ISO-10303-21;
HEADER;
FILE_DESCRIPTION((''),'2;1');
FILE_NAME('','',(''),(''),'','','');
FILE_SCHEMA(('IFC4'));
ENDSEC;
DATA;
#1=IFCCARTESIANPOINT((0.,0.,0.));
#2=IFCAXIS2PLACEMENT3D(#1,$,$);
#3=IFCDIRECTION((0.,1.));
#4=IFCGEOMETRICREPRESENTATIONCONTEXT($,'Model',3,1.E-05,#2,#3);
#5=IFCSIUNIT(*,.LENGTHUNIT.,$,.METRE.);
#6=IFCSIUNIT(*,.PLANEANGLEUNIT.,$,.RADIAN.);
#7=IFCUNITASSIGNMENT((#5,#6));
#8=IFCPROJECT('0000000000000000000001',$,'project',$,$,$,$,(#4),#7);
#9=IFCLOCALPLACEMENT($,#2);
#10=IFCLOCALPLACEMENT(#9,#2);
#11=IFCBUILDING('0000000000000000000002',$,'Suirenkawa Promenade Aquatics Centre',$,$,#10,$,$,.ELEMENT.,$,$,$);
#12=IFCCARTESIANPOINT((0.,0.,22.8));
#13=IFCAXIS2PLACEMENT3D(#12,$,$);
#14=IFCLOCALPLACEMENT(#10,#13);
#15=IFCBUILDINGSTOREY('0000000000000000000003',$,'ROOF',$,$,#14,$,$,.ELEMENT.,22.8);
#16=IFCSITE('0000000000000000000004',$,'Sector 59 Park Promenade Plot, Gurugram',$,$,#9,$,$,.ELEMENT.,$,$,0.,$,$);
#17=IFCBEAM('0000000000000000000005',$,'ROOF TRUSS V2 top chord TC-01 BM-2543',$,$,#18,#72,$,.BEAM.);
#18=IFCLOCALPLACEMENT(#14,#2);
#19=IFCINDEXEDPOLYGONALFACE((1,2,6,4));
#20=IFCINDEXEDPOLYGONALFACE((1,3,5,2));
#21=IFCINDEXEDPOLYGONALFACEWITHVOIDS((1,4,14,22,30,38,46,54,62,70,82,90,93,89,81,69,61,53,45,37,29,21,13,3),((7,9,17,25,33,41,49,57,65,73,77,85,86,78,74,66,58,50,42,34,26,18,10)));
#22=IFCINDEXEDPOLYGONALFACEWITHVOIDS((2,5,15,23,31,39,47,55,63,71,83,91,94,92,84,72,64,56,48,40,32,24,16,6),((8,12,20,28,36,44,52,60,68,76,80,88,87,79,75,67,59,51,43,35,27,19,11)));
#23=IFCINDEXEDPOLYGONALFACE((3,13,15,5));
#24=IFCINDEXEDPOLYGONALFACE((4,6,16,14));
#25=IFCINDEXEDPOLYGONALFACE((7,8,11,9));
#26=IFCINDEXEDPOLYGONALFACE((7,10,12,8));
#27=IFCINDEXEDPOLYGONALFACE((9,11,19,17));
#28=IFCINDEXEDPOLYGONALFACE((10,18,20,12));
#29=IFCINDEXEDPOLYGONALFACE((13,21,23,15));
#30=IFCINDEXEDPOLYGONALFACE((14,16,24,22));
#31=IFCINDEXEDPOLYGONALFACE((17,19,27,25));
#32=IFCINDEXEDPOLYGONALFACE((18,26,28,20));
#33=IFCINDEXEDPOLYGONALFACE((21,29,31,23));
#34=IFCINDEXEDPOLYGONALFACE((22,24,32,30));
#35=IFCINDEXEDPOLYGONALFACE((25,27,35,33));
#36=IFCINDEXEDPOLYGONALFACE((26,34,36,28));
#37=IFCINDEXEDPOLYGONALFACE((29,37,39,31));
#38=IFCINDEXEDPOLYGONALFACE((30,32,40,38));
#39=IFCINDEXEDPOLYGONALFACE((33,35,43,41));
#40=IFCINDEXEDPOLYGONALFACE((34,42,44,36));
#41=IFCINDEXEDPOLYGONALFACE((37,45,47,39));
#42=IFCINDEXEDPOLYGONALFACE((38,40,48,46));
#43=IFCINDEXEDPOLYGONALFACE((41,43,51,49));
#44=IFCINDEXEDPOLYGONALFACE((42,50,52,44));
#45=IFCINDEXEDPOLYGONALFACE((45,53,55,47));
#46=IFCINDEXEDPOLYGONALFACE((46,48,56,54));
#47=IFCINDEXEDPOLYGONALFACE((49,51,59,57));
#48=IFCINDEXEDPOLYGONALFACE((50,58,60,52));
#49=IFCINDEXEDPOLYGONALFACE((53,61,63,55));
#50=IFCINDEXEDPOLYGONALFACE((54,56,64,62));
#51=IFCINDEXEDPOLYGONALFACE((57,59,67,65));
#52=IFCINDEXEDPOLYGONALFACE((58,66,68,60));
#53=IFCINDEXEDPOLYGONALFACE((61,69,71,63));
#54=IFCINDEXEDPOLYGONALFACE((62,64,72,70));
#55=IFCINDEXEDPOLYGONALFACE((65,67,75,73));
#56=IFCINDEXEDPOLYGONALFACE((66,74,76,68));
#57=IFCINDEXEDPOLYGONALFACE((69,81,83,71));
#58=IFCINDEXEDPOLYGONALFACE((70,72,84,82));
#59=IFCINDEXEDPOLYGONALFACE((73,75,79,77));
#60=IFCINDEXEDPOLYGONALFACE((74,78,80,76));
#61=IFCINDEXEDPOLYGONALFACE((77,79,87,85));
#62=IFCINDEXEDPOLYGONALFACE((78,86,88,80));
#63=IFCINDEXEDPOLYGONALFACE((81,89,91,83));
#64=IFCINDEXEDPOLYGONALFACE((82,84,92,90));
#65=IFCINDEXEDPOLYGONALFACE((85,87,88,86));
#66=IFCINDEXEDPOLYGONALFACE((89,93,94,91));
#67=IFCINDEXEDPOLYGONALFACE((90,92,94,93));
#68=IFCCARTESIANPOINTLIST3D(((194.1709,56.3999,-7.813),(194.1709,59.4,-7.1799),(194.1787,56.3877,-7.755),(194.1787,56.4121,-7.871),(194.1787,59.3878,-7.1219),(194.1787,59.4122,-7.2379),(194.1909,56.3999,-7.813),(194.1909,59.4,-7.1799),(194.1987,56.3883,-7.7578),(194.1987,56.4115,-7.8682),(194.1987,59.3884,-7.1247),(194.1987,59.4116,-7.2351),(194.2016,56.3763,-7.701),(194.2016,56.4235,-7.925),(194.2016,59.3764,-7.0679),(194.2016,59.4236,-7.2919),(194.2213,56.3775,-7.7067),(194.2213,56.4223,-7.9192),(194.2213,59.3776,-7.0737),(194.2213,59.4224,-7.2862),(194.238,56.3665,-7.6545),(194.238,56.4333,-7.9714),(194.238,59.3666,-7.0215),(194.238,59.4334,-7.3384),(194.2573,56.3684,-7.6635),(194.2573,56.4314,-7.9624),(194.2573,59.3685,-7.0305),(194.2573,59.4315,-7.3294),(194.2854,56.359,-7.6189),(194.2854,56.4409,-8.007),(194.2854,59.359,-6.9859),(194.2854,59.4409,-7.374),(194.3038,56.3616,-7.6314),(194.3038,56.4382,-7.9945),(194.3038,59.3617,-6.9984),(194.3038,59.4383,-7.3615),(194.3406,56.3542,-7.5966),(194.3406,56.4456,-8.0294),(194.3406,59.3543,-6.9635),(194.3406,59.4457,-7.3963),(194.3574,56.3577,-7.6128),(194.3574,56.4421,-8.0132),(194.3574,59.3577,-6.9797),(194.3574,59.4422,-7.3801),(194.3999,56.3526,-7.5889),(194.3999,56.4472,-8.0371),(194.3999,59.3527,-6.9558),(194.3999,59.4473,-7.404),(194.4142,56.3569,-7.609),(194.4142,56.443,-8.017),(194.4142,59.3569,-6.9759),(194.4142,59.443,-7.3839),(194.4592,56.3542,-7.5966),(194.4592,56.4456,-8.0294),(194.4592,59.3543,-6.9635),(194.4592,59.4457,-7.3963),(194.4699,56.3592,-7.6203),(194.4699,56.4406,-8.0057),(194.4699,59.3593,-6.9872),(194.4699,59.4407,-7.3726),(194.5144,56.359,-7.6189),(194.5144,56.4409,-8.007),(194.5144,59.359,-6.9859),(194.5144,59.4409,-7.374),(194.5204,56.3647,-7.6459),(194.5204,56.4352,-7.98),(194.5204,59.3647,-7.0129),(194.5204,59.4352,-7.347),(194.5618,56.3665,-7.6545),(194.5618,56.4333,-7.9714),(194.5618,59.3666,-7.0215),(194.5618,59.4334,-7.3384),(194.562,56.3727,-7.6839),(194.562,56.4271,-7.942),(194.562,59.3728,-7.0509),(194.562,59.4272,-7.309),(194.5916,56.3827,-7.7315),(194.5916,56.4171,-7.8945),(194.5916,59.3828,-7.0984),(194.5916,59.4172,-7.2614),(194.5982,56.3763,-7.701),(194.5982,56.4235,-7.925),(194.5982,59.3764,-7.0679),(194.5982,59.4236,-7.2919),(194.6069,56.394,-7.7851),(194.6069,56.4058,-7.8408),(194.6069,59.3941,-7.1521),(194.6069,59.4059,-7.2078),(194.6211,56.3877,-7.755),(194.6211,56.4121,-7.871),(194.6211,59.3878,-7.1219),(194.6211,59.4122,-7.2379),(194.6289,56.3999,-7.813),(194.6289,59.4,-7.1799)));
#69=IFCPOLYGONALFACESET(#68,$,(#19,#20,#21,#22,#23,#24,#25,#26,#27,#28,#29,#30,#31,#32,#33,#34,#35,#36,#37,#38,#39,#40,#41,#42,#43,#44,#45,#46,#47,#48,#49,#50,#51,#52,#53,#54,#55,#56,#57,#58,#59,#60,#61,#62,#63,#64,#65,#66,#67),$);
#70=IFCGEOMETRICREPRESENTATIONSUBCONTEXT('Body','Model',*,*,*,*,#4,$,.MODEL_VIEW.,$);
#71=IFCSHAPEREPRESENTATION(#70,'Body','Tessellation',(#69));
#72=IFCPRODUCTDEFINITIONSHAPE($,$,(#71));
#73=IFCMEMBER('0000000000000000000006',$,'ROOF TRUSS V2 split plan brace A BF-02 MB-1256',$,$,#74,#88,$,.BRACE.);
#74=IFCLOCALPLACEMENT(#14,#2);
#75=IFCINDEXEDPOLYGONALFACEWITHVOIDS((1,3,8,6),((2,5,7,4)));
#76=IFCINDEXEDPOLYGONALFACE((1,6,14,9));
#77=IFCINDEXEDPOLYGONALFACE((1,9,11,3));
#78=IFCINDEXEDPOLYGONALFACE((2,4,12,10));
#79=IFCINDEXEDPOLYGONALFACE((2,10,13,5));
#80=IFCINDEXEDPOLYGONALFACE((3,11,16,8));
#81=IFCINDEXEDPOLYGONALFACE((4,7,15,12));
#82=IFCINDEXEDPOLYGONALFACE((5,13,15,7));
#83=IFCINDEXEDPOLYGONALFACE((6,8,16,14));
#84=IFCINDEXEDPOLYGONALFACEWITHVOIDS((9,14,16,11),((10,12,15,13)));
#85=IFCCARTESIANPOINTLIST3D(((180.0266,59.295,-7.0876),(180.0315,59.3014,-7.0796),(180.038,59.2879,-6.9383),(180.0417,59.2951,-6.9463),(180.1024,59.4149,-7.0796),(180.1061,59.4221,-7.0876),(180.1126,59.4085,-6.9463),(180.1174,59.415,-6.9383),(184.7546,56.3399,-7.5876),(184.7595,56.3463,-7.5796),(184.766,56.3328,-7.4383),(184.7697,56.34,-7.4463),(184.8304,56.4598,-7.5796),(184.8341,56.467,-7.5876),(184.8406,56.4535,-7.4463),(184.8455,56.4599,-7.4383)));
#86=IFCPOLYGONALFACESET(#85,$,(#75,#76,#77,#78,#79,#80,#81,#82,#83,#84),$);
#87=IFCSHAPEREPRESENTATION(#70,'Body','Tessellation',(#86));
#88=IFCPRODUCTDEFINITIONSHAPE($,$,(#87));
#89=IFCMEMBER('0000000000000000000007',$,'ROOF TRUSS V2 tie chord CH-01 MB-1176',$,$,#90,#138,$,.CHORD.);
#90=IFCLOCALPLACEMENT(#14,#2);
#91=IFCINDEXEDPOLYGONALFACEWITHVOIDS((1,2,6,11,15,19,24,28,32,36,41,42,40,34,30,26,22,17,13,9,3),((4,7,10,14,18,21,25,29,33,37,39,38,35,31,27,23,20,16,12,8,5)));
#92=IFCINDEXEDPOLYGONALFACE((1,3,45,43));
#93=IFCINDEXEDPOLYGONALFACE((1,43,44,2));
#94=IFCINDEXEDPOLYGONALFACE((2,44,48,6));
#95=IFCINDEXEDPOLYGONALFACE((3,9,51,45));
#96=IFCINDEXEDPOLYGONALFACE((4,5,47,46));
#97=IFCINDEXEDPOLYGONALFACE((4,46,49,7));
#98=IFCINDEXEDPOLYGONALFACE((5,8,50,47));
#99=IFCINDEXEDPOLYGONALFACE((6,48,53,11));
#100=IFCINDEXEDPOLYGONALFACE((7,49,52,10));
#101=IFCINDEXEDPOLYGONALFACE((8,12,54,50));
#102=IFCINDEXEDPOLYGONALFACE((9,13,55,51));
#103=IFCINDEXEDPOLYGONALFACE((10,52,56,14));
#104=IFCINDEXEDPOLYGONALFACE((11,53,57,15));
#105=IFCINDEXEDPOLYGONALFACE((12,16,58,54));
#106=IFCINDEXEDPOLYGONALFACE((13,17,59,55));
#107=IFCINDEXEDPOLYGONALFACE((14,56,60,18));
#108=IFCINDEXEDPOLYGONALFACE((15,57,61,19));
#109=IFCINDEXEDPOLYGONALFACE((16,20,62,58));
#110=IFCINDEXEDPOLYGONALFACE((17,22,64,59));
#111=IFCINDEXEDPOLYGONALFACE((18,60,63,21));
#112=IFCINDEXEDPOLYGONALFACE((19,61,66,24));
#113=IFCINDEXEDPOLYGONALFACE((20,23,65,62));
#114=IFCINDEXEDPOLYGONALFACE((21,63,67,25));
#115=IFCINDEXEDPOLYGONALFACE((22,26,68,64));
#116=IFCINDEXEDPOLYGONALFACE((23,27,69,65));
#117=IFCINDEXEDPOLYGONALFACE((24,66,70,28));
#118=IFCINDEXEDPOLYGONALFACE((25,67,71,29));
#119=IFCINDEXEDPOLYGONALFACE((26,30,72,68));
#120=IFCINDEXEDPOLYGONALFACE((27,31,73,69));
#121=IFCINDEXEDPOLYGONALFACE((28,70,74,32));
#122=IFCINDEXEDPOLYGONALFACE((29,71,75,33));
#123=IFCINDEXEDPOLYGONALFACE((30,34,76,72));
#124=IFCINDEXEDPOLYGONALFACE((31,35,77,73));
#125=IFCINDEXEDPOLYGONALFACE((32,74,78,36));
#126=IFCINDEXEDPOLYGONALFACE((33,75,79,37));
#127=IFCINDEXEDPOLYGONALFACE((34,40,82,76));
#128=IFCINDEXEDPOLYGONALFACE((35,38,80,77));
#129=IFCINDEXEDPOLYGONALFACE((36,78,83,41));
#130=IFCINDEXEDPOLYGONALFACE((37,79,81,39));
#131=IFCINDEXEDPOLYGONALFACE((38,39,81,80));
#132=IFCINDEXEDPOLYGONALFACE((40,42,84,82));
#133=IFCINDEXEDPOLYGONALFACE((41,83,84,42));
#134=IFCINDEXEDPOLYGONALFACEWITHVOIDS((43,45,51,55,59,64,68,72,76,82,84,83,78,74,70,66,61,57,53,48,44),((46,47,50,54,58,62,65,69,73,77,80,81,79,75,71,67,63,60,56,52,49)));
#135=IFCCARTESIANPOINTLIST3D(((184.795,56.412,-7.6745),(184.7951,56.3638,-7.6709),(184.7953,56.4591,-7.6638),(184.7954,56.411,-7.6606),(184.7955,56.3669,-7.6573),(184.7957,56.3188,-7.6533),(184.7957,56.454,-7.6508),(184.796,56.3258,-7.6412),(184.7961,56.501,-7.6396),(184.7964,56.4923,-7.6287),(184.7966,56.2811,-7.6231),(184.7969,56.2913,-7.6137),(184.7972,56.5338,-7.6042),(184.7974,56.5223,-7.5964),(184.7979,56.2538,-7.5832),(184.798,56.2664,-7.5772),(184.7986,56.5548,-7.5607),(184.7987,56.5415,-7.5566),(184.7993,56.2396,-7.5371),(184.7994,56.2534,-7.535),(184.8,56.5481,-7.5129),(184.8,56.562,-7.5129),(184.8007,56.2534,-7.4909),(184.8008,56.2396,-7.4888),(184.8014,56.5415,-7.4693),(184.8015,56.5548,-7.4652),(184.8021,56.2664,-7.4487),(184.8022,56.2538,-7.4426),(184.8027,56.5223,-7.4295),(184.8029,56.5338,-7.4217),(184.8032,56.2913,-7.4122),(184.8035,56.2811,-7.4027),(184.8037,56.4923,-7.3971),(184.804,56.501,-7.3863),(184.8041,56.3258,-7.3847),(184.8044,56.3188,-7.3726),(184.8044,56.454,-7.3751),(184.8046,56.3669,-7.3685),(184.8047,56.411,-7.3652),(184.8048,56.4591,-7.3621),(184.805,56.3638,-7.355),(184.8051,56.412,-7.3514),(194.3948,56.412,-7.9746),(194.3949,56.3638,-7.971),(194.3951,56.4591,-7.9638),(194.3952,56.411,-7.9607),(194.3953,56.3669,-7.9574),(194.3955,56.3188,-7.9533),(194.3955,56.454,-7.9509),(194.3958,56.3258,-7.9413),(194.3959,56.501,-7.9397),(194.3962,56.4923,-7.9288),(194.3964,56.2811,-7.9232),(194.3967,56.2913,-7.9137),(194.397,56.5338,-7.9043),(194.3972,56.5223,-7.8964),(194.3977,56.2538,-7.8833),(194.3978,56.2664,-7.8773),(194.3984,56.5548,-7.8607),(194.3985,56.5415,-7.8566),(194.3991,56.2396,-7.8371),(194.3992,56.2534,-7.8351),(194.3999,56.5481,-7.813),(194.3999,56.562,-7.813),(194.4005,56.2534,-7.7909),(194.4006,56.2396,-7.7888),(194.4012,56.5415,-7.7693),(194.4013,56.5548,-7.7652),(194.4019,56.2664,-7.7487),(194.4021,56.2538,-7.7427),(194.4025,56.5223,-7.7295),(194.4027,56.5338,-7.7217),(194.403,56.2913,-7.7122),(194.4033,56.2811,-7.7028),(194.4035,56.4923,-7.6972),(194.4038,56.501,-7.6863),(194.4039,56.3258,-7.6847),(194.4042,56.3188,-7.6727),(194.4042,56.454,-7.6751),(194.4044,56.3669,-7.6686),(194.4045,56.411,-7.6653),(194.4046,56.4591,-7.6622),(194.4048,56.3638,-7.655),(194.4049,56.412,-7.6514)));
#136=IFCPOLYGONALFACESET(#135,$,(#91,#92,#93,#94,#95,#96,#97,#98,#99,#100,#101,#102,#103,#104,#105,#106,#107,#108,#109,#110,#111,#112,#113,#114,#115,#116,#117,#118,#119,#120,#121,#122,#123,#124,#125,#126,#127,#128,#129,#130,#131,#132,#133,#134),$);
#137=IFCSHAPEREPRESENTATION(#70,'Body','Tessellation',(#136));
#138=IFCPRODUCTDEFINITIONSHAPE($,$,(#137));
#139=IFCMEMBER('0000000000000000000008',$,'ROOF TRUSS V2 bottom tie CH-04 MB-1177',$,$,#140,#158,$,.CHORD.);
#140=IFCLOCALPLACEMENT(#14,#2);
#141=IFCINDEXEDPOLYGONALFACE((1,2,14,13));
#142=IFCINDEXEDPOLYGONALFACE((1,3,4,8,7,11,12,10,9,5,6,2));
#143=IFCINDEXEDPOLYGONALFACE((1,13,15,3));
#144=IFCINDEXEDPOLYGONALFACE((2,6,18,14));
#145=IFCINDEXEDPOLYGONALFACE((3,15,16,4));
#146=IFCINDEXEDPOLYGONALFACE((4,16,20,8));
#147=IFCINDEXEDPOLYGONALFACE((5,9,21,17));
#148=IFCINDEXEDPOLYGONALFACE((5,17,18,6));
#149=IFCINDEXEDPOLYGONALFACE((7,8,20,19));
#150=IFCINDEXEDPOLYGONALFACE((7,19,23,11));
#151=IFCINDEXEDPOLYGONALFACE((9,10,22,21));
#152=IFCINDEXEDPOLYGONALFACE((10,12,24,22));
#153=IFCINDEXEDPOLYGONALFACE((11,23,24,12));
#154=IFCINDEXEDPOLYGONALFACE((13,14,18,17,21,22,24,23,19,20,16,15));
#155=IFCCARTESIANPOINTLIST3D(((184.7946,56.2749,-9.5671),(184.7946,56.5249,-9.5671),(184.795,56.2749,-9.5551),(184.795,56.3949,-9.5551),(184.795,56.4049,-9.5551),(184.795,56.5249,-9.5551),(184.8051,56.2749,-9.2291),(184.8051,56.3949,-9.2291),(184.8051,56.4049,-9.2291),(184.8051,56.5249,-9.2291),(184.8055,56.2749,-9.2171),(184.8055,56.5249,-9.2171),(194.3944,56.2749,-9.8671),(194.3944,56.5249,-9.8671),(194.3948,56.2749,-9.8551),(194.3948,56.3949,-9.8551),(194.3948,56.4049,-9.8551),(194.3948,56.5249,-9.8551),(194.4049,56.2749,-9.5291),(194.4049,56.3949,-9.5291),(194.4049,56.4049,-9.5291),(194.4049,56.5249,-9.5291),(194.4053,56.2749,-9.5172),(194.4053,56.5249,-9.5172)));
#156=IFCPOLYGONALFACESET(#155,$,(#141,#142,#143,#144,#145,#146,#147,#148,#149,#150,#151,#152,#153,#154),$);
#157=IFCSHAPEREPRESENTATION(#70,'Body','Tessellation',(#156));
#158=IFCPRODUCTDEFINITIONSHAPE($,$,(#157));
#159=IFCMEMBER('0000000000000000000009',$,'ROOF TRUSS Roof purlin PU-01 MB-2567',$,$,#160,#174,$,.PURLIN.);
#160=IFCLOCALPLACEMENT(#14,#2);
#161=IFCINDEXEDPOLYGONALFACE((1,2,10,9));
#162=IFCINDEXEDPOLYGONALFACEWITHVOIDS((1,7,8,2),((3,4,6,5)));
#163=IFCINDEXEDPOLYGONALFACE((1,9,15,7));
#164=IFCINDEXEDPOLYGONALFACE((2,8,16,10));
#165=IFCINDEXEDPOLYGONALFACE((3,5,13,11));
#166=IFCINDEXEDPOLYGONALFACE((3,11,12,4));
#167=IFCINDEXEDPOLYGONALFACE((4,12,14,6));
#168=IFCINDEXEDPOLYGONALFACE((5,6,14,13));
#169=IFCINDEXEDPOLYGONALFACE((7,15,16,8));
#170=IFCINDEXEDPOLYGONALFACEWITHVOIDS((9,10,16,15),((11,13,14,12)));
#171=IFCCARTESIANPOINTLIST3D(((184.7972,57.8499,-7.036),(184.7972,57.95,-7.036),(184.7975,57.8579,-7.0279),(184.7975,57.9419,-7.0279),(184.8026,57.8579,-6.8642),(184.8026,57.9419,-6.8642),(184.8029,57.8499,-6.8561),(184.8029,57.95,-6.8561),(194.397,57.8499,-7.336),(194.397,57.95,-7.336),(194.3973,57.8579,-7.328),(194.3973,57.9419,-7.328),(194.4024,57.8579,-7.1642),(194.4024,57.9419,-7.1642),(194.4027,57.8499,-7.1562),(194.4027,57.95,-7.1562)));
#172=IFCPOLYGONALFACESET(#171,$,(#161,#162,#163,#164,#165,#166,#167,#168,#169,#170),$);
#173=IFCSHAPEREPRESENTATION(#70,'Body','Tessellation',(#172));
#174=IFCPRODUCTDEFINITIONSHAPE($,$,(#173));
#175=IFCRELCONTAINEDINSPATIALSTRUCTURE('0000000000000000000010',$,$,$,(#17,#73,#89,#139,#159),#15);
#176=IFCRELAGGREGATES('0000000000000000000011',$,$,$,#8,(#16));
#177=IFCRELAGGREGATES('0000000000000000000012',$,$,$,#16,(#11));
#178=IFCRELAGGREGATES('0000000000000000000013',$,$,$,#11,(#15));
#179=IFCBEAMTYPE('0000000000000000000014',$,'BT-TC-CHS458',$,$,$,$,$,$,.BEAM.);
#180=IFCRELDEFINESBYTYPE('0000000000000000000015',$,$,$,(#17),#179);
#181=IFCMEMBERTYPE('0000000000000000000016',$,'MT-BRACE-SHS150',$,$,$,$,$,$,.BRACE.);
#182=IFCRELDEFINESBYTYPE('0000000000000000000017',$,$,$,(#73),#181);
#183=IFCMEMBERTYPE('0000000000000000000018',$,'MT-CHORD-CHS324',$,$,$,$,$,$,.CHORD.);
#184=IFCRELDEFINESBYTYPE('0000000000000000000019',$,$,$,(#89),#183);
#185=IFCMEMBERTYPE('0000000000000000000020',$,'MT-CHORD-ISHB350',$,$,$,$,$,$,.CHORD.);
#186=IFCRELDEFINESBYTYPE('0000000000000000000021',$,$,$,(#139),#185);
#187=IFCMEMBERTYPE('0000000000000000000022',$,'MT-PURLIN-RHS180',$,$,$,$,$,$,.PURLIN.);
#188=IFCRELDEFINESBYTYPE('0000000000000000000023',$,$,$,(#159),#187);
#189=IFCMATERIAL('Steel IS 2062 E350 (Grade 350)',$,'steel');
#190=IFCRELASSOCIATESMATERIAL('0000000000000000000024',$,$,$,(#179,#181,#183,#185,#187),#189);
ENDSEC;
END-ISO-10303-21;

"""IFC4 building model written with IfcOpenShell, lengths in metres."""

from ifc_helpers import new_model, si_unit, direction, frame, origin, origin_2d, place, context, subcontext, project, spatial, hollow_rectangle, hollow_circle, i_section, extrude, material, material_profile, profile_set, type_object, element, save


model = new_model("IFC4")

# Units and contexts
model_context = context("Model", 3, precision=1e-05, world=origin(), true_north=direction((0.0, 1.0)))
body_context = subcontext(model_context, "Body", "Model", "MODEL_VIEW")
ifc_project = project(units=[si_unit("LENGTHUNIT", "METRE"), si_unit("PLANEANGLEUNIT", "RADIAN")], contexts=[model_context])

# Site, building, storey
site_placement = place(None, origin())
site = spatial("IfcSite", under=ifc_project, at=site_placement, Name="Sector 59 Park Promenade Plot, Gurugram", CompositionType="ELEMENT", RefElevation=0.0)
building_placement = place(site_placement, origin())
building = spatial("IfcBuilding", under=site, at=building_placement, Name="Suirenkawa Promenade Aquatics Centre", CompositionType="ELEMENT")
storey_placement = place(building_placement, frame((0.0, 0.0, 22.8)))
storey = spatial("IfcBuildingStorey", under=building, at=storey_placement, Name="ROOF", CompositionType="ELEMENT", Elevation=22.8)

# Beam
ifc_material = material(Name="Steel IS 2062 E350 (Grade 350)", Category="steel")
ifc_material_profile_1 = material_profile(ifc_material, hollow_circle(Radius=0.229, WallThickness=0.02, at=origin_2d()), Name="CHS 458x20", Category="steel")
ifc_profile_set_1 = profile_set([ifc_material_profile_1], Name="Steel IS 2062 E350 (Grade 350)")
beam_type_1 = type_object("IfcBeamType", Name="BT-TC-CHS458", PredefinedType="BEAM", material=ifc_profile_set_1)
for number, where, z_axis, x_axis, name in (
    (1, (194.3999, 56.3999, -7.813), (0.0, 0.978453, 0.206472), (-1.0, 0.0, 0.0), "ROOF TRUSS V2 top chord TC-01 BM-2543"),
):
    element("IfcBeam", number, at=place(storey_placement, frame(where, z_axis=z_axis, x_axis=x_axis)), inside=storey, type_object=beam_type_1, Name=name, PredefinedType="BEAM", context=body_context, shape_type="SweptSolid", body=[
        extrude(hollow_circle(Radius=0.229, WallThickness=0.02, at=origin_2d()), origin(), (0.0, 0.0, 1.0), 3.0662),
    ])

# Members
ifc_material_profile_2 = material_profile(ifc_material, hollow_rectangle(XDim=0.1499, YDim=0.1499, WallThickness=0.0081, at=origin_2d()), Name="SHS 150x150x8", Category="steel")
ifc_profile_set_2 = profile_set([ifc_material_profile_2], Name="Steel IS 2062 E350 (Grade 350)")
member_type_1 = type_object("IfcMemberType", Name="MT-BRACE-SHS150", PredefinedType="BRACE", material=ifc_profile_set_2)
member_1_placement = place(storey_placement, frame((184.8, 56.3999, -7.5129), z_axis=(-0.844604, 0.527888, 0.089319), x_axis=(-0.530007, -0.847993, 0.0)))
element("IfcMember", 2, at=member_1_placement, inside=storey, type_object=member_type_1, Name="ROOF TRUSS V2 split plan brace A BF-02 MB-1256", PredefinedType="BRACE", context=body_context, shape_type="SweptSolid", body=[
    extrude(hollow_rectangle(XDim=0.1499, YDim=0.1499, WallThickness=0.0081, at=origin_2d()), origin(), (0.0, 0.0, 1.0), 5.5979),
])
ifc_material_profile_3 = material_profile(ifc_material, hollow_circle(Radius=0.1621, WallThickness=0.0139, at=origin_2d()), Name="CHS 324x14", Category="steel")
ifc_profile_set_3 = profile_set([ifc_material_profile_3], Name="Steel IS 2062 E350 (Grade 350)")
member_type_2 = type_object("IfcMemberType", Name="MT-CHORD-CHS324", PredefinedType="CHORD", material=ifc_profile_set_3)
member_2_placement = place(storey_placement, frame((184.8, 56.3999, -7.5129), z_axis=(0.999512, 0.0, -0.03124), x_axis=(0.0, 1.0, 0.0)))
element("IfcMember", 3, at=member_2_placement, inside=storey, type_object=member_type_2, Name="ROOF TRUSS V2 tie chord CH-01 MB-1176", PredefinedType="CHORD", context=body_context, shape_type="SweptSolid", body=[
    extrude(hollow_circle(Radius=0.1621, WallThickness=0.0139, at=origin_2d()), origin(), (0.0, 0.0, 1.0), 9.6045),
])
ifc_material_profile_4 = material_profile(ifc_material, i_section(OverallWidth=0.25, OverallDepth=0.3501, WebThickness=0.01, FlangeThickness=0.012, at=origin_2d()), Name="ISHB 350", Category="steel")
ifc_profile_set_4 = profile_set([ifc_material_profile_4], Name="Steel IS 2062 E350 (Grade 350)")
member_type_3 = type_object("IfcMemberType", Name="MT-CHORD-ISHB350", PredefinedType="CHORD", material=ifc_profile_set_4)
member_3_placement = place(storey_placement, frame((184.8, 56.3999, -9.3921), z_axis=(0.999512, 0.0, -0.03124), x_axis=(0.0, 1.0, 0.0)))
element("IfcMember", 4, at=member_3_placement, inside=storey, type_object=member_type_3, Name="ROOF TRUSS V2 bottom tie CH-04 MB-1177", PredefinedType="CHORD", context=body_context, shape_type="SweptSolid", body=[
    extrude(i_section(OverallWidth=0.25, OverallDepth=0.3501, WebThickness=0.01, FlangeThickness=0.012, at=origin_2d()), origin(), (0.0, 0.0, 1.0), 9.6045),
])
ifc_material_profile_5 = material_profile(ifc_material, hollow_rectangle(XDim=0.1001, YDim=0.1799, WallThickness=0.0081, at=origin_2d()), Name="RHS 180x100x8", Category="steel")
ifc_profile_set_5 = profile_set([ifc_material_profile_5], Name="Steel IS 2062 E350 (Grade 350)")
member_type_4 = type_object("IfcMemberType", Name="MT-PURLIN-RHS180", PredefinedType="PURLIN", material=ifc_profile_set_5)
member_4_placement = place(storey_placement, frame((184.8, 57.8999, -6.946), z_axis=(0.999512, 0.0, -0.03124), x_axis=(0.0, 1.0, 0.0)))
element("IfcMember", 5, at=member_4_placement, inside=storey, type_object=member_type_4, Name="ROOF TRUSS Roof purlin PU-01 MB-2567", PredefinedType="PURLIN", context=body_context, shape_type="SweptSolid", body=[
    extrude(hollow_rectangle(XDim=0.1001, YDim=0.1799, WallThickness=0.0081, at=origin_2d()), origin(), (0.0, 0.0, 1.0), 9.6045),
])

save(model, "model.ifc")
